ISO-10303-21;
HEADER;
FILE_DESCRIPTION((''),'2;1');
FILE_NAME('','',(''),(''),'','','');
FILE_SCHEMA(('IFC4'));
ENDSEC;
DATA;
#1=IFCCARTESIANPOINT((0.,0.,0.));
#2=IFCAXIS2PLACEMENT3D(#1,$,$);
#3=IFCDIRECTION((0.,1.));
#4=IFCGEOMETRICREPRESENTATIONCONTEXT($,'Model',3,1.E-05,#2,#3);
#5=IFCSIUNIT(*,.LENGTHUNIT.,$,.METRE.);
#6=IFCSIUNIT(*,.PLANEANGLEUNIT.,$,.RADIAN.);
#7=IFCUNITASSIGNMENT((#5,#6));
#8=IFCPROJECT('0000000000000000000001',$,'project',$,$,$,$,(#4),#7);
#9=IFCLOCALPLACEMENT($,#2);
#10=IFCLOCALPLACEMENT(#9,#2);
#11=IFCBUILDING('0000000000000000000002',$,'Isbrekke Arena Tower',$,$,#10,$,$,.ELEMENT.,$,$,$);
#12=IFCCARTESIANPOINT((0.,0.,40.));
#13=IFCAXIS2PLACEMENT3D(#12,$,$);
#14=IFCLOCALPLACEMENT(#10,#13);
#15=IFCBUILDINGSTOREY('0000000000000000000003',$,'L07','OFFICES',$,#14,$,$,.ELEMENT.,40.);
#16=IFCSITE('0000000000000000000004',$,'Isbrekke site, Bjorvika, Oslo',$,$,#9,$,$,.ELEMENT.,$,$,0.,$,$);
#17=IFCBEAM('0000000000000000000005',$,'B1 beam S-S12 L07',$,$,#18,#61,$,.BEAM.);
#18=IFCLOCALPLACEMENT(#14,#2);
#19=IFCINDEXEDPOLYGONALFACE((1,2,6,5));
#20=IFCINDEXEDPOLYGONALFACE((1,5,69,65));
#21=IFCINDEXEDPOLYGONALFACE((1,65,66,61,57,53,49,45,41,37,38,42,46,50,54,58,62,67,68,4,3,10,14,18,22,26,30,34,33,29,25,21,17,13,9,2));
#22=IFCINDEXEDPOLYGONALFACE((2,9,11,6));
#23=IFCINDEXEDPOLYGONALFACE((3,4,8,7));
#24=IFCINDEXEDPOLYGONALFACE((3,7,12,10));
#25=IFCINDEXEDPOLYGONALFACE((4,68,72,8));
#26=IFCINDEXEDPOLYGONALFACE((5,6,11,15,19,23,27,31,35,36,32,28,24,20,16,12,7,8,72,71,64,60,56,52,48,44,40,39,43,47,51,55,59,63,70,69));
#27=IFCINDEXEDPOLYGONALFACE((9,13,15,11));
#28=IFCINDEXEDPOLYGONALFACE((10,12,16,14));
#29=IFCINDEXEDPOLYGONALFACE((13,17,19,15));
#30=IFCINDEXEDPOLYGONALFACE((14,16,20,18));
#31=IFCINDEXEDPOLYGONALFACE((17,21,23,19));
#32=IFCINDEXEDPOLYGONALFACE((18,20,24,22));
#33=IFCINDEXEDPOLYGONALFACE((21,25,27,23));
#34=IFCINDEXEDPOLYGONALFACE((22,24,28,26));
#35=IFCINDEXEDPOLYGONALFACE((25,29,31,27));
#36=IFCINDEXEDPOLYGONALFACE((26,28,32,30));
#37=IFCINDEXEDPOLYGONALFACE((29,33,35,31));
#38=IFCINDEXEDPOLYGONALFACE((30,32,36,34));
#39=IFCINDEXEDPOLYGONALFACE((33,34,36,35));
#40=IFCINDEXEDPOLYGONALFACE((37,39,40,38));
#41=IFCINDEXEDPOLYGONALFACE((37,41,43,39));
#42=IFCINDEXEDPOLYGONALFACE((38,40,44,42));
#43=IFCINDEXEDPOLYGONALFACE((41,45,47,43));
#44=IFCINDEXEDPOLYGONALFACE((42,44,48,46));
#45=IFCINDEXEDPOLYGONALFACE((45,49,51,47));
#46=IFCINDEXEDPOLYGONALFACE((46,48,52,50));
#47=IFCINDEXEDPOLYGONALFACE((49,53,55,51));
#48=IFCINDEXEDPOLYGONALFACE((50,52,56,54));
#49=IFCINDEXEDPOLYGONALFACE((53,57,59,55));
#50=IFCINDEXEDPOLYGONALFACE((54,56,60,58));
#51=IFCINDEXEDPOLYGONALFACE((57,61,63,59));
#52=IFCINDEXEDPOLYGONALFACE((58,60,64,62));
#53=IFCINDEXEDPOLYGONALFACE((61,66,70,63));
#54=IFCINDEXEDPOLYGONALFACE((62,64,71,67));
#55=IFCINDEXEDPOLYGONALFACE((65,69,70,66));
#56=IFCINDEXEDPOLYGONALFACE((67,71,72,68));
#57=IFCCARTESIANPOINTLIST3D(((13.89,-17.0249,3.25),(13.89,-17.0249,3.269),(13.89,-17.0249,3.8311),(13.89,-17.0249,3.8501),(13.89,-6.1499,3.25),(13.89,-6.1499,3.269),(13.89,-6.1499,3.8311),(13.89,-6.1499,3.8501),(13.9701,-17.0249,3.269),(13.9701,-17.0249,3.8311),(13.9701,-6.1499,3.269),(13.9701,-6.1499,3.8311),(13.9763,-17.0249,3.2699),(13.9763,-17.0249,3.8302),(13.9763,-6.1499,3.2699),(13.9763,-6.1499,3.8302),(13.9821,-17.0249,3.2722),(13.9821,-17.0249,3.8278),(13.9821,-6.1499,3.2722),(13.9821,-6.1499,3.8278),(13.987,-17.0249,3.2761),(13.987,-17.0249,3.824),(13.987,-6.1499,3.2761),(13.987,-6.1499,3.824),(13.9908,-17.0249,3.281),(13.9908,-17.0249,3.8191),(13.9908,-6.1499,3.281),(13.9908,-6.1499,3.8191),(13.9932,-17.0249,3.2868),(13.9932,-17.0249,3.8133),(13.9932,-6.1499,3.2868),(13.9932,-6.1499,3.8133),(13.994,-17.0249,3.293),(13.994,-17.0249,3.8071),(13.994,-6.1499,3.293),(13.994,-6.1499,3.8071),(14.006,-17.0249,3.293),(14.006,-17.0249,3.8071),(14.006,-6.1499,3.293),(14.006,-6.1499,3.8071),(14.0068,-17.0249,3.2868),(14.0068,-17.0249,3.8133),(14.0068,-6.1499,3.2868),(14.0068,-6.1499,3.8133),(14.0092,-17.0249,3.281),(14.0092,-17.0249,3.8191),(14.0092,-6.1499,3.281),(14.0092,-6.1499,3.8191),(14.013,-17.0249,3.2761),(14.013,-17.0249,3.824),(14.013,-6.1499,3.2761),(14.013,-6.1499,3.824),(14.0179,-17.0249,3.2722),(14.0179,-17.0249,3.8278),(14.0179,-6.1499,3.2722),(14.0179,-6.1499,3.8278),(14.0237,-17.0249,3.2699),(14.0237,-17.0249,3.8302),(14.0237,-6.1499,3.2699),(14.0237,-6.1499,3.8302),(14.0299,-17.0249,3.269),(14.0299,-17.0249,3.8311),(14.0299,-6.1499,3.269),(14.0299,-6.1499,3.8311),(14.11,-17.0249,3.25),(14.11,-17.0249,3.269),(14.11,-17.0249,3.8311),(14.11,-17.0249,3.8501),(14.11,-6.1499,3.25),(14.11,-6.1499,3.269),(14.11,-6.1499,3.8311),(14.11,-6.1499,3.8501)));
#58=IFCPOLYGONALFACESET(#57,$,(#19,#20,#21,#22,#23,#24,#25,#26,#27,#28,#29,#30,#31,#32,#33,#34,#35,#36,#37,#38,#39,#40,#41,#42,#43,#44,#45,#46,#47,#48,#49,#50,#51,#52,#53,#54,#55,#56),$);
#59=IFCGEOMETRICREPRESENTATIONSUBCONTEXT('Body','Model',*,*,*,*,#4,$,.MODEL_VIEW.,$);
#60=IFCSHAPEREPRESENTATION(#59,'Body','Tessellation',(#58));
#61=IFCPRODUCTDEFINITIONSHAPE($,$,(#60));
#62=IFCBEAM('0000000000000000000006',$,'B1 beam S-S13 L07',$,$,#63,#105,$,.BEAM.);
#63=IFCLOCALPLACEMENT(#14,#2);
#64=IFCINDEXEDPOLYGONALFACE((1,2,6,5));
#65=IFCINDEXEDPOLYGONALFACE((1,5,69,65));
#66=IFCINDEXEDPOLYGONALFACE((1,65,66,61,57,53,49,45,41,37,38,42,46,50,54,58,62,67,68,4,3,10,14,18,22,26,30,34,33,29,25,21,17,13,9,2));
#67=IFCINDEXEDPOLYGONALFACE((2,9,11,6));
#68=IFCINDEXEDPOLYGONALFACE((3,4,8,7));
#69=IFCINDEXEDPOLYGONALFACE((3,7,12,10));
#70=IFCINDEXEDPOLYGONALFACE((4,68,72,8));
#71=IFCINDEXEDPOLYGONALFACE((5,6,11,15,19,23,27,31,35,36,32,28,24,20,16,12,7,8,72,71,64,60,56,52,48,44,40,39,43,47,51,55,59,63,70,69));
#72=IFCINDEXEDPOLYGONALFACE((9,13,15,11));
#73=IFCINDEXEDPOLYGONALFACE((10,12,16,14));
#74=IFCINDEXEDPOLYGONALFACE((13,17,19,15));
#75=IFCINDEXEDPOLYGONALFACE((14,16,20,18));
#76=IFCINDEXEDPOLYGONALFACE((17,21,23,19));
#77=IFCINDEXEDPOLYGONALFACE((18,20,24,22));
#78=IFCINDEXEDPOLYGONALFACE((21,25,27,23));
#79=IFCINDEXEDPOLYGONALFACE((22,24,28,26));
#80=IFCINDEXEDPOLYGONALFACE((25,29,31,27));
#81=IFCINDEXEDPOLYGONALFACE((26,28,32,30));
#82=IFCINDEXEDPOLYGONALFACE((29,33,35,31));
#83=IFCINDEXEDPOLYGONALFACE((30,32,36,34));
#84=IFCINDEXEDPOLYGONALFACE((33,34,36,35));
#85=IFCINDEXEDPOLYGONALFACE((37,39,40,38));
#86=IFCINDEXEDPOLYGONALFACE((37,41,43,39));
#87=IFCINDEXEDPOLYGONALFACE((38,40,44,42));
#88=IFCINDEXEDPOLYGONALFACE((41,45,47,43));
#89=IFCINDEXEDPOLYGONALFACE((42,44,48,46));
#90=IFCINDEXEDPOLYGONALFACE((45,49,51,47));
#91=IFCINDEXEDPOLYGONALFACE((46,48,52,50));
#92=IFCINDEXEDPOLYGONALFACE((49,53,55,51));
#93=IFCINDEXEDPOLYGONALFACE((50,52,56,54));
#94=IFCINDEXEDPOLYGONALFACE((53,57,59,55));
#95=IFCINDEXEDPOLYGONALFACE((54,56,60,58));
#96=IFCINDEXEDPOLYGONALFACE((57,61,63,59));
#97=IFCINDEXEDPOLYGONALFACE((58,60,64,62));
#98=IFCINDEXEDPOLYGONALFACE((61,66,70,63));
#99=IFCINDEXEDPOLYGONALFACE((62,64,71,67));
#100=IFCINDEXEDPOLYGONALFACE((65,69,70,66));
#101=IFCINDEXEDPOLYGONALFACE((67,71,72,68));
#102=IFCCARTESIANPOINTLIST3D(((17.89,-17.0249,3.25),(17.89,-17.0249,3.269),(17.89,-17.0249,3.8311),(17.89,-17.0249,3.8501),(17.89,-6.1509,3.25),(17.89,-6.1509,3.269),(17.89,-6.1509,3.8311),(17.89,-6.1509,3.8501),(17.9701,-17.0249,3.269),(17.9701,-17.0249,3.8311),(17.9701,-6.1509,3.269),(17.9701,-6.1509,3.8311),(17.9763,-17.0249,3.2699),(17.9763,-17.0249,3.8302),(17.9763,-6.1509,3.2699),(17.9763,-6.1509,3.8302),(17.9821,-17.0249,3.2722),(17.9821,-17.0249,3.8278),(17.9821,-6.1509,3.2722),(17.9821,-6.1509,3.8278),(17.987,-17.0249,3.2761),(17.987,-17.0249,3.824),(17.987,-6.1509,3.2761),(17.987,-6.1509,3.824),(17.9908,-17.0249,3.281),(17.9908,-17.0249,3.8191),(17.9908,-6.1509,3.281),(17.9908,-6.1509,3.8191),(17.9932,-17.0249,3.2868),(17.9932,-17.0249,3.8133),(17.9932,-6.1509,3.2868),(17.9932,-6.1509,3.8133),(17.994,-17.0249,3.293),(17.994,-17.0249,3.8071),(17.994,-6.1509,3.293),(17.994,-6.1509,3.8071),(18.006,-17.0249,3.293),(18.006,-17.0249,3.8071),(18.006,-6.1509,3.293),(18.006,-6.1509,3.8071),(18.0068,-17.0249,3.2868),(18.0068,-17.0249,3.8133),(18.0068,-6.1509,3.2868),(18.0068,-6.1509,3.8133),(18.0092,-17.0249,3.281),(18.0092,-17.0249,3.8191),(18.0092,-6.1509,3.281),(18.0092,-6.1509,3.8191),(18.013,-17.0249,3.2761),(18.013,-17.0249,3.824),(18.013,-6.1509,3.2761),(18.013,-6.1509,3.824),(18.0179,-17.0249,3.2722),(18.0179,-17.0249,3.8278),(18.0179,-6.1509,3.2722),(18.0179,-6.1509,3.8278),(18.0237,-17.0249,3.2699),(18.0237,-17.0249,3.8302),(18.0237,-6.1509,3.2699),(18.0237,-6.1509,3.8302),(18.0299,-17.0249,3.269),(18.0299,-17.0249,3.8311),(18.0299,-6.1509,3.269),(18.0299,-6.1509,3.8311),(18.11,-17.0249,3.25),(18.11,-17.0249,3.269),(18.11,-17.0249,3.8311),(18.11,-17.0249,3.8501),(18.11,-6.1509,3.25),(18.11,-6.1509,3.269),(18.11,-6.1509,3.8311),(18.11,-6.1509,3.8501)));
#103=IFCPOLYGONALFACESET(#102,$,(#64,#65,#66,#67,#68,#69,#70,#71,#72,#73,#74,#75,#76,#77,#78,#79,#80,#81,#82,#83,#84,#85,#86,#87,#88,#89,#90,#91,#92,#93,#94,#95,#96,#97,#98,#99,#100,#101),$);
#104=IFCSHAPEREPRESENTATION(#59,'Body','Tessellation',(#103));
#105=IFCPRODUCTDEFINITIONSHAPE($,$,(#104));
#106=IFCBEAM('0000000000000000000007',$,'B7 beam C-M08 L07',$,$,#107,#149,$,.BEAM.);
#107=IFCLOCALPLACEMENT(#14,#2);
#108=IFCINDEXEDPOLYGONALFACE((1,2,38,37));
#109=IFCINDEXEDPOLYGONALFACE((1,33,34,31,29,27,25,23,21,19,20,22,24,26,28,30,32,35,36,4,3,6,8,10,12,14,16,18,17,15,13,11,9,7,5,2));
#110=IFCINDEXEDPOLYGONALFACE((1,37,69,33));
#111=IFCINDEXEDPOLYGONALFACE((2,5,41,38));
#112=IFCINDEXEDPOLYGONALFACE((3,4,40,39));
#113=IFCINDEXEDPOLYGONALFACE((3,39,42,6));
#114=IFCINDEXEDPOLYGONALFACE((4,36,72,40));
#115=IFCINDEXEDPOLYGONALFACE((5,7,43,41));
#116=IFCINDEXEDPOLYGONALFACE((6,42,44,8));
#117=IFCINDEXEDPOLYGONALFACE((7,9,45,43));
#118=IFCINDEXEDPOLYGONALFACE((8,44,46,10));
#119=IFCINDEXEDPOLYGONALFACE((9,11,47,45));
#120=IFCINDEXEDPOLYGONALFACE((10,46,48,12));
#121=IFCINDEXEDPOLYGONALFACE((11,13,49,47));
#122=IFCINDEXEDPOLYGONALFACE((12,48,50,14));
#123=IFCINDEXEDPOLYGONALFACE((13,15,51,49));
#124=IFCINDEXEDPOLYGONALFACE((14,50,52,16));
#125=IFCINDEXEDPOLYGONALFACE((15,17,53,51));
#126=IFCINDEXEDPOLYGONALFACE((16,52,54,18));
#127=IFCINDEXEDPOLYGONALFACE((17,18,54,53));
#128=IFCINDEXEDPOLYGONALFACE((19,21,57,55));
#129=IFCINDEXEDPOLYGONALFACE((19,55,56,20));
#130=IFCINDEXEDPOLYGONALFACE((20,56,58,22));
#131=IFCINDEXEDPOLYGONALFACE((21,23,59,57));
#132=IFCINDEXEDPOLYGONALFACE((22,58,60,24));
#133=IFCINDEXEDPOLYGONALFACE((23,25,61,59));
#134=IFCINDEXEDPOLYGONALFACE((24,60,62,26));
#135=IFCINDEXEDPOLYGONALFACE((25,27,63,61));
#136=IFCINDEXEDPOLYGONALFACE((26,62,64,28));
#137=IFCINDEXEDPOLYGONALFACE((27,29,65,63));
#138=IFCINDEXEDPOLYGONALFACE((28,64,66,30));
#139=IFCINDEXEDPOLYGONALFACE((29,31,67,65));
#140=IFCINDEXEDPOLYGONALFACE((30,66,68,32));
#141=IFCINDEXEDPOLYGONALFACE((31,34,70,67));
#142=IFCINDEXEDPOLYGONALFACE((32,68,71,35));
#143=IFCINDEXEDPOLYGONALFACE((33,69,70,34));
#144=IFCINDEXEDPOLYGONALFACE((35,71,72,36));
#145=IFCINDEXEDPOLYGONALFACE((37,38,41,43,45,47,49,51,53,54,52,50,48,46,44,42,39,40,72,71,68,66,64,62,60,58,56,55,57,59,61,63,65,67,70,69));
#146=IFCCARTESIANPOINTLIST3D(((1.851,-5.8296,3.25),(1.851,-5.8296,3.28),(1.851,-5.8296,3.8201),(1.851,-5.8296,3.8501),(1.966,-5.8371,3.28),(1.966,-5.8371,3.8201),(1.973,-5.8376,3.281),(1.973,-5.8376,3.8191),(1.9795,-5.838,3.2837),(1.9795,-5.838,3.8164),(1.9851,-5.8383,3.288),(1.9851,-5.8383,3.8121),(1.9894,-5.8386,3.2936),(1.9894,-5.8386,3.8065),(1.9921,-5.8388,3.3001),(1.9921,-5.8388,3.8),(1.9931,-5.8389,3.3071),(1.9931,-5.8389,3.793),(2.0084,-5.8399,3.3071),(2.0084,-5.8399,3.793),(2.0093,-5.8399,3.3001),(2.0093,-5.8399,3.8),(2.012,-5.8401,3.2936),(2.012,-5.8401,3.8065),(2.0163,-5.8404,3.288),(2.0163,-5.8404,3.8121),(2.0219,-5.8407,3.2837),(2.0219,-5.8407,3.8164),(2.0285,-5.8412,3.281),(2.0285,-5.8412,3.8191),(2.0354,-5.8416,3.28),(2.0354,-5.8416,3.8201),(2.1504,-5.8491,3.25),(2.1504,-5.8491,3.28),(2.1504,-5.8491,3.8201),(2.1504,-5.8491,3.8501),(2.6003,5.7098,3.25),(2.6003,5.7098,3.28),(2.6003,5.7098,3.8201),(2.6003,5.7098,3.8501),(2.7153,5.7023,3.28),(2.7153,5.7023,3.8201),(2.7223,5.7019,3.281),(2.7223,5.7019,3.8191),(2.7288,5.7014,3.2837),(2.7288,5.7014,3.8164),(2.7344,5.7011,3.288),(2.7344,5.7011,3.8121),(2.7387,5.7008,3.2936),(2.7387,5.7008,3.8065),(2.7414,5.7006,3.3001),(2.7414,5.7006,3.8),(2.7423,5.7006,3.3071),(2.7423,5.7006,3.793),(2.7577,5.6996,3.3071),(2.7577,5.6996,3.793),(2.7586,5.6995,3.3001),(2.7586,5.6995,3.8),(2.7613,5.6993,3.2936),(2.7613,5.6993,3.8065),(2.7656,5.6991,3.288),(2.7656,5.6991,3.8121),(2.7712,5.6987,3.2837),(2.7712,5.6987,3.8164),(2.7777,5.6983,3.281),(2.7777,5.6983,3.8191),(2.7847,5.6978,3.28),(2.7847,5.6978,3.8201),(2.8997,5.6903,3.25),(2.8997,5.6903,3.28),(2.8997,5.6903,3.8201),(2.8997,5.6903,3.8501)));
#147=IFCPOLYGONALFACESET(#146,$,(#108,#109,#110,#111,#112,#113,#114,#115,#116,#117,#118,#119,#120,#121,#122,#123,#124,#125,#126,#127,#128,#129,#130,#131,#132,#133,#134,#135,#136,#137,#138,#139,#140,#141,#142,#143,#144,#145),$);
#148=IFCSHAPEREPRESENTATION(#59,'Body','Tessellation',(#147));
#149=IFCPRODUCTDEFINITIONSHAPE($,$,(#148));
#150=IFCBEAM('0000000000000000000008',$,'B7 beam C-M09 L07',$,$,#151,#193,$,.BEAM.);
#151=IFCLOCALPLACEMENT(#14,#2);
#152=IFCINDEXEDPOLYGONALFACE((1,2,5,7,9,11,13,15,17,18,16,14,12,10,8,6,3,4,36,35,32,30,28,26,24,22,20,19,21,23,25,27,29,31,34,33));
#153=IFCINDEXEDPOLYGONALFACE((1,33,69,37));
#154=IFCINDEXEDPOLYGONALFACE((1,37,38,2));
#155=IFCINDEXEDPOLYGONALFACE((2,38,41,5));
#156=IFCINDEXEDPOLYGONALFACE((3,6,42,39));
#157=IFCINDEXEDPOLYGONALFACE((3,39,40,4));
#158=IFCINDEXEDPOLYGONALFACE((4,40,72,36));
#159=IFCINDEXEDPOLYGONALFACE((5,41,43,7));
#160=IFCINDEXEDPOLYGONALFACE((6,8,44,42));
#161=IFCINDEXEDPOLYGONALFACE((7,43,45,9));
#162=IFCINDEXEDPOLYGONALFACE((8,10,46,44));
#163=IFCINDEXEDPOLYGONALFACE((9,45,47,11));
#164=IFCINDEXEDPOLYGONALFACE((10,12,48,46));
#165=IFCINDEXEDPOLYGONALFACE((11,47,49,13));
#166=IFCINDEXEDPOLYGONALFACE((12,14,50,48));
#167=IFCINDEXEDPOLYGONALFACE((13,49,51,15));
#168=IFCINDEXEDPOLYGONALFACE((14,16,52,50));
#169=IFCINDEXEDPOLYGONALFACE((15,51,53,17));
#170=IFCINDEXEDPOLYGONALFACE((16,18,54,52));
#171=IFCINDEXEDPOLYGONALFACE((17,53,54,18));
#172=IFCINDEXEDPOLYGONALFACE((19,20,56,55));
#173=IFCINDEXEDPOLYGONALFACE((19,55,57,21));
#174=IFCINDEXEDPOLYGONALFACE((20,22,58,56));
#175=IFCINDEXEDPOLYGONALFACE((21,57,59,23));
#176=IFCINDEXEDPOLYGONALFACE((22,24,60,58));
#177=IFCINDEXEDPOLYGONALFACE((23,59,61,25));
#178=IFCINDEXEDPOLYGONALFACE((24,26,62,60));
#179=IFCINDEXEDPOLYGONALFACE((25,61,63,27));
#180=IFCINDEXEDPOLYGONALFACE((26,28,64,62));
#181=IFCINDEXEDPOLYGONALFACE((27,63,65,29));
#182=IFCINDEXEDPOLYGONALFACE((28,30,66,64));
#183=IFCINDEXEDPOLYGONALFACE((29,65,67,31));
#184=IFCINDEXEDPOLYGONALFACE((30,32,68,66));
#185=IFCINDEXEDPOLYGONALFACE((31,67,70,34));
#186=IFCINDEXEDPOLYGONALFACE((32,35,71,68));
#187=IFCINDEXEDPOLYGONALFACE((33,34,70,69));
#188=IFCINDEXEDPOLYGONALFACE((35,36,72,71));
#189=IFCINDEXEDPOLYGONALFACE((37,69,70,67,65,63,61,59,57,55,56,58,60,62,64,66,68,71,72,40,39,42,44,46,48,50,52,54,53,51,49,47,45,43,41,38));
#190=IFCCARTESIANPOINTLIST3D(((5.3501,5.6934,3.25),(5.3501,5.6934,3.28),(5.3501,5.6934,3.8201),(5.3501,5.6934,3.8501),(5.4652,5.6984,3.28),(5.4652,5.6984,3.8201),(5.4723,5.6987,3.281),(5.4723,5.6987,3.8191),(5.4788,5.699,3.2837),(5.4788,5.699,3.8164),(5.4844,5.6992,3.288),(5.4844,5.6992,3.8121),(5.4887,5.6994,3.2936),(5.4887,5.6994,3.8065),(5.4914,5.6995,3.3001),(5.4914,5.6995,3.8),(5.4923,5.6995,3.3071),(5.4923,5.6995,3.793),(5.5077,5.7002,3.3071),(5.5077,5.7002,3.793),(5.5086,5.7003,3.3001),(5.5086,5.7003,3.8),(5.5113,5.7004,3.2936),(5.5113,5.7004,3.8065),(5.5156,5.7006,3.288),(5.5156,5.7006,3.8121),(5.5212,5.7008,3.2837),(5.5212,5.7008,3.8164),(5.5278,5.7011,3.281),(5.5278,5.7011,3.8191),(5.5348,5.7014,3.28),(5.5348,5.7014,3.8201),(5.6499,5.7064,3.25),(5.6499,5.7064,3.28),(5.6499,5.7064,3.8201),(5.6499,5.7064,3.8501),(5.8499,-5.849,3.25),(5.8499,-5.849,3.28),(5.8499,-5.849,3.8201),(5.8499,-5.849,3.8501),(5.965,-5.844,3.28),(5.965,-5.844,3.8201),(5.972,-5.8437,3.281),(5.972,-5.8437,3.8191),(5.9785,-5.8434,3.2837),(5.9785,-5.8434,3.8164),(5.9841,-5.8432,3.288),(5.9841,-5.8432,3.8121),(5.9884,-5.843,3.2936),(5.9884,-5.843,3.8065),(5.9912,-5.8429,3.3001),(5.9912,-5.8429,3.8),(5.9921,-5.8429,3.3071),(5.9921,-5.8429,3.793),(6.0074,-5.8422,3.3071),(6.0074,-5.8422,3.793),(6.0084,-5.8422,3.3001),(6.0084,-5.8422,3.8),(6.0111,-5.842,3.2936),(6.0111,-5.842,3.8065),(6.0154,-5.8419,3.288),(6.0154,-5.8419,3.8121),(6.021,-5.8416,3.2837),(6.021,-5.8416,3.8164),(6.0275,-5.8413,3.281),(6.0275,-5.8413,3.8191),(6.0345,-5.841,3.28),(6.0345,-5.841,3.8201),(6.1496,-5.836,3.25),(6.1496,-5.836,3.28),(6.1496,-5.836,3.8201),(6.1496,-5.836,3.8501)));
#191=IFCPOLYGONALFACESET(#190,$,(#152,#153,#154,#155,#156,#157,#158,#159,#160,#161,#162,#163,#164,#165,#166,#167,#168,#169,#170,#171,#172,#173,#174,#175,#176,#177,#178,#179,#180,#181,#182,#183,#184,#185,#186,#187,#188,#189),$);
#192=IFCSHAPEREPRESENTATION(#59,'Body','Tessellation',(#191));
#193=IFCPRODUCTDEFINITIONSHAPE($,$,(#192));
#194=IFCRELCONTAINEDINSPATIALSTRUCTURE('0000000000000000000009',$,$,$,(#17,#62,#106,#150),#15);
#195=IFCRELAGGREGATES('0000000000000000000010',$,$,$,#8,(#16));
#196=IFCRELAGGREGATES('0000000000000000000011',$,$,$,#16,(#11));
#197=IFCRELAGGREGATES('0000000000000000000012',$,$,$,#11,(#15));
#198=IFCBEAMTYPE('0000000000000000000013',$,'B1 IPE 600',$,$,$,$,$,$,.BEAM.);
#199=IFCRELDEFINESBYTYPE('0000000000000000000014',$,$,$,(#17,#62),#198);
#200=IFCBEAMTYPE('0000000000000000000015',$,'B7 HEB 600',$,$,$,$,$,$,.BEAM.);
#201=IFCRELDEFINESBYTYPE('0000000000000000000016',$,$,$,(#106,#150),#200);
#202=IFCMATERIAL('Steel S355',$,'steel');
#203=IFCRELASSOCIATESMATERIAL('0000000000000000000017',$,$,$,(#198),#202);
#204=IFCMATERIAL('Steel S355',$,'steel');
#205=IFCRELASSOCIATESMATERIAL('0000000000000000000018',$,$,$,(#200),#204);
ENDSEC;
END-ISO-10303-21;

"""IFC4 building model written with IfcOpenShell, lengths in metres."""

from ifc_helpers import new_model, si_unit, direction, frame, origin, origin_2d, place, context, subcontext, project, spatial, i_section, extrude, material, material_profile, profile_set, type_object, element, save


model = new_model("IFC4")

# Units and contexts
model_context = context("Model", 3, precision=1e-05, world=origin(), true_north=direction((0.0, 1.0)))
body_context = subcontext(model_context, "Body", "Model", "MODEL_VIEW")
ifc_project = project(units=[si_unit("LENGTHUNIT", "METRE"), si_unit("PLANEANGLEUNIT", "RADIAN")], contexts=[model_context])

# Site, building, storey
site_placement = place(None, origin())
site = spatial("IfcSite", under=ifc_project, at=site_placement, Name="Isbrekke site, Bjorvika, Oslo", CompositionType="ELEMENT", RefElevation=0.0)
building_placement = place(site_placement, origin())
building = spatial("IfcBuilding", under=site, at=building_placement, Name="Isbrekke Arena Tower", CompositionType="ELEMENT")
storey_placement = place(building_placement, frame((0.0, 0.0, 40.0)))
storey = spatial("IfcBuildingStorey", under=building, at=storey_placement, Name="L07", Description="OFFICES", CompositionType="ELEMENT", Elevation=40.0)

# Beams
ifc_material_1 = material(Name="Steel S355", Category="steel")
ifc_material_profile_1 = material_profile(ifc_material_1, i_section(OverallWidth=0.22, OverallDepth=0.6001, WebThickness=0.012, FlangeThickness=0.019, FilletRadius=0.0239, at=origin_2d()), Name="IPE 600")
ifc_profile_set_1 = profile_set([ifc_material_profile_1], Name="Steel S355")
beam_type_1 = type_object("IfcBeamType", Name="B1 IPE 600", PredefinedType="BEAM", material=ifc_profile_set_1)
beam_1_placement = place(storey_placement, frame((14.0, -17.0249, 3.55), z_axis=(0.0, 1.0, 0.0), x_axis=(-1.0, 0.0, 0.0)))
element("IfcBeam", 1, at=beam_1_placement, inside=storey, type_object=beam_type_1, Name="B1 beam S-S12 L07", PredefinedType="BEAM", context=body_context, shape_type="SweptSolid", body=[
    extrude(i_section(OverallWidth=0.22, OverallDepth=0.6001, WebThickness=0.012, FlangeThickness=0.019, FilletRadius=0.0239, at=origin_2d()), origin(), (0.0, 0.0, 1.0), 10.875),
])
beam_2_placement = place(storey_placement, frame((18.0, -17.0249, 3.55), z_axis=(0.0, 1.0, 0.0), x_axis=(-1.0, 0.0, 0.0)))
element("IfcBeam", 2, at=beam_2_placement, inside=storey, type_object=beam_type_1, Name="B1 beam S-S13 L07", PredefinedType="BEAM", context=body_context, shape_type="SweptSolid", body=[
    extrude(i_section(OverallWidth=0.22, OverallDepth=0.6001, WebThickness=0.012, FlangeThickness=0.019, FilletRadius=0.0239, at=origin_2d()), origin(), (0.0, 0.0, 1.0), 10.874),
])
ifc_material_2 = material(Name="Steel S355", Category="steel")
ifc_material_profile_2 = material_profile(ifc_material_2, i_section(OverallWidth=0.3, OverallDepth=0.6001, WebThickness=0.0154, FlangeThickness=0.03, FilletRadius=0.0271, at=origin_2d()), Name="HEB 600")
ifc_profile_set_2 = profile_set([ifc_material_profile_2], Name="Steel S355")
beam_type_2 = type_object("IfcBeamType", Name="B7 HEB 600", PredefinedType="BEAM", material=ifc_profile_set_2)
beam_3_placement = place(storey_placement, frame((2.0007, -5.8394, 3.55), z_axis=(0.064795, 0.997899, 0.0), x_axis=(-0.997899, 0.064795, 0.0)))
element("IfcBeam", 3, at=beam_3_placement, inside=storey, type_object=beam_type_2, Name="B7 beam C-M08 L07", PredefinedType="BEAM", context=body_context, shape_type="SweptSolid", body=[
    extrude(i_section(OverallWidth=0.3, OverallDepth=0.6001, WebThickness=0.0154, FlangeThickness=0.03, FilletRadius=0.0271, at=origin_2d()), origin(), (0.0, 0.0, 1.0), 11.5637),
])
beam_4_placement = place(storey_placement, frame((5.9998, -5.8425, 3.55), z_axis=(-0.043257, 0.999064, 0.0), x_axis=(-0.999064, -0.043257, 0.0)))
element("IfcBeam", 4, at=beam_4_placement, inside=storey, type_object=beam_type_2, Name="B7 beam C-M09 L07", PredefinedType="BEAM", context=body_context, shape_type="SweptSolid", body=[
    extrude(i_section(OverallWidth=0.3, OverallDepth=0.6001, WebThickness=0.0154, FlangeThickness=0.03, FilletRadius=0.0271, at=origin_2d()), origin(), (0.0, 0.0, 1.0), 11.5532),
])

save(model, "model.ifc")
